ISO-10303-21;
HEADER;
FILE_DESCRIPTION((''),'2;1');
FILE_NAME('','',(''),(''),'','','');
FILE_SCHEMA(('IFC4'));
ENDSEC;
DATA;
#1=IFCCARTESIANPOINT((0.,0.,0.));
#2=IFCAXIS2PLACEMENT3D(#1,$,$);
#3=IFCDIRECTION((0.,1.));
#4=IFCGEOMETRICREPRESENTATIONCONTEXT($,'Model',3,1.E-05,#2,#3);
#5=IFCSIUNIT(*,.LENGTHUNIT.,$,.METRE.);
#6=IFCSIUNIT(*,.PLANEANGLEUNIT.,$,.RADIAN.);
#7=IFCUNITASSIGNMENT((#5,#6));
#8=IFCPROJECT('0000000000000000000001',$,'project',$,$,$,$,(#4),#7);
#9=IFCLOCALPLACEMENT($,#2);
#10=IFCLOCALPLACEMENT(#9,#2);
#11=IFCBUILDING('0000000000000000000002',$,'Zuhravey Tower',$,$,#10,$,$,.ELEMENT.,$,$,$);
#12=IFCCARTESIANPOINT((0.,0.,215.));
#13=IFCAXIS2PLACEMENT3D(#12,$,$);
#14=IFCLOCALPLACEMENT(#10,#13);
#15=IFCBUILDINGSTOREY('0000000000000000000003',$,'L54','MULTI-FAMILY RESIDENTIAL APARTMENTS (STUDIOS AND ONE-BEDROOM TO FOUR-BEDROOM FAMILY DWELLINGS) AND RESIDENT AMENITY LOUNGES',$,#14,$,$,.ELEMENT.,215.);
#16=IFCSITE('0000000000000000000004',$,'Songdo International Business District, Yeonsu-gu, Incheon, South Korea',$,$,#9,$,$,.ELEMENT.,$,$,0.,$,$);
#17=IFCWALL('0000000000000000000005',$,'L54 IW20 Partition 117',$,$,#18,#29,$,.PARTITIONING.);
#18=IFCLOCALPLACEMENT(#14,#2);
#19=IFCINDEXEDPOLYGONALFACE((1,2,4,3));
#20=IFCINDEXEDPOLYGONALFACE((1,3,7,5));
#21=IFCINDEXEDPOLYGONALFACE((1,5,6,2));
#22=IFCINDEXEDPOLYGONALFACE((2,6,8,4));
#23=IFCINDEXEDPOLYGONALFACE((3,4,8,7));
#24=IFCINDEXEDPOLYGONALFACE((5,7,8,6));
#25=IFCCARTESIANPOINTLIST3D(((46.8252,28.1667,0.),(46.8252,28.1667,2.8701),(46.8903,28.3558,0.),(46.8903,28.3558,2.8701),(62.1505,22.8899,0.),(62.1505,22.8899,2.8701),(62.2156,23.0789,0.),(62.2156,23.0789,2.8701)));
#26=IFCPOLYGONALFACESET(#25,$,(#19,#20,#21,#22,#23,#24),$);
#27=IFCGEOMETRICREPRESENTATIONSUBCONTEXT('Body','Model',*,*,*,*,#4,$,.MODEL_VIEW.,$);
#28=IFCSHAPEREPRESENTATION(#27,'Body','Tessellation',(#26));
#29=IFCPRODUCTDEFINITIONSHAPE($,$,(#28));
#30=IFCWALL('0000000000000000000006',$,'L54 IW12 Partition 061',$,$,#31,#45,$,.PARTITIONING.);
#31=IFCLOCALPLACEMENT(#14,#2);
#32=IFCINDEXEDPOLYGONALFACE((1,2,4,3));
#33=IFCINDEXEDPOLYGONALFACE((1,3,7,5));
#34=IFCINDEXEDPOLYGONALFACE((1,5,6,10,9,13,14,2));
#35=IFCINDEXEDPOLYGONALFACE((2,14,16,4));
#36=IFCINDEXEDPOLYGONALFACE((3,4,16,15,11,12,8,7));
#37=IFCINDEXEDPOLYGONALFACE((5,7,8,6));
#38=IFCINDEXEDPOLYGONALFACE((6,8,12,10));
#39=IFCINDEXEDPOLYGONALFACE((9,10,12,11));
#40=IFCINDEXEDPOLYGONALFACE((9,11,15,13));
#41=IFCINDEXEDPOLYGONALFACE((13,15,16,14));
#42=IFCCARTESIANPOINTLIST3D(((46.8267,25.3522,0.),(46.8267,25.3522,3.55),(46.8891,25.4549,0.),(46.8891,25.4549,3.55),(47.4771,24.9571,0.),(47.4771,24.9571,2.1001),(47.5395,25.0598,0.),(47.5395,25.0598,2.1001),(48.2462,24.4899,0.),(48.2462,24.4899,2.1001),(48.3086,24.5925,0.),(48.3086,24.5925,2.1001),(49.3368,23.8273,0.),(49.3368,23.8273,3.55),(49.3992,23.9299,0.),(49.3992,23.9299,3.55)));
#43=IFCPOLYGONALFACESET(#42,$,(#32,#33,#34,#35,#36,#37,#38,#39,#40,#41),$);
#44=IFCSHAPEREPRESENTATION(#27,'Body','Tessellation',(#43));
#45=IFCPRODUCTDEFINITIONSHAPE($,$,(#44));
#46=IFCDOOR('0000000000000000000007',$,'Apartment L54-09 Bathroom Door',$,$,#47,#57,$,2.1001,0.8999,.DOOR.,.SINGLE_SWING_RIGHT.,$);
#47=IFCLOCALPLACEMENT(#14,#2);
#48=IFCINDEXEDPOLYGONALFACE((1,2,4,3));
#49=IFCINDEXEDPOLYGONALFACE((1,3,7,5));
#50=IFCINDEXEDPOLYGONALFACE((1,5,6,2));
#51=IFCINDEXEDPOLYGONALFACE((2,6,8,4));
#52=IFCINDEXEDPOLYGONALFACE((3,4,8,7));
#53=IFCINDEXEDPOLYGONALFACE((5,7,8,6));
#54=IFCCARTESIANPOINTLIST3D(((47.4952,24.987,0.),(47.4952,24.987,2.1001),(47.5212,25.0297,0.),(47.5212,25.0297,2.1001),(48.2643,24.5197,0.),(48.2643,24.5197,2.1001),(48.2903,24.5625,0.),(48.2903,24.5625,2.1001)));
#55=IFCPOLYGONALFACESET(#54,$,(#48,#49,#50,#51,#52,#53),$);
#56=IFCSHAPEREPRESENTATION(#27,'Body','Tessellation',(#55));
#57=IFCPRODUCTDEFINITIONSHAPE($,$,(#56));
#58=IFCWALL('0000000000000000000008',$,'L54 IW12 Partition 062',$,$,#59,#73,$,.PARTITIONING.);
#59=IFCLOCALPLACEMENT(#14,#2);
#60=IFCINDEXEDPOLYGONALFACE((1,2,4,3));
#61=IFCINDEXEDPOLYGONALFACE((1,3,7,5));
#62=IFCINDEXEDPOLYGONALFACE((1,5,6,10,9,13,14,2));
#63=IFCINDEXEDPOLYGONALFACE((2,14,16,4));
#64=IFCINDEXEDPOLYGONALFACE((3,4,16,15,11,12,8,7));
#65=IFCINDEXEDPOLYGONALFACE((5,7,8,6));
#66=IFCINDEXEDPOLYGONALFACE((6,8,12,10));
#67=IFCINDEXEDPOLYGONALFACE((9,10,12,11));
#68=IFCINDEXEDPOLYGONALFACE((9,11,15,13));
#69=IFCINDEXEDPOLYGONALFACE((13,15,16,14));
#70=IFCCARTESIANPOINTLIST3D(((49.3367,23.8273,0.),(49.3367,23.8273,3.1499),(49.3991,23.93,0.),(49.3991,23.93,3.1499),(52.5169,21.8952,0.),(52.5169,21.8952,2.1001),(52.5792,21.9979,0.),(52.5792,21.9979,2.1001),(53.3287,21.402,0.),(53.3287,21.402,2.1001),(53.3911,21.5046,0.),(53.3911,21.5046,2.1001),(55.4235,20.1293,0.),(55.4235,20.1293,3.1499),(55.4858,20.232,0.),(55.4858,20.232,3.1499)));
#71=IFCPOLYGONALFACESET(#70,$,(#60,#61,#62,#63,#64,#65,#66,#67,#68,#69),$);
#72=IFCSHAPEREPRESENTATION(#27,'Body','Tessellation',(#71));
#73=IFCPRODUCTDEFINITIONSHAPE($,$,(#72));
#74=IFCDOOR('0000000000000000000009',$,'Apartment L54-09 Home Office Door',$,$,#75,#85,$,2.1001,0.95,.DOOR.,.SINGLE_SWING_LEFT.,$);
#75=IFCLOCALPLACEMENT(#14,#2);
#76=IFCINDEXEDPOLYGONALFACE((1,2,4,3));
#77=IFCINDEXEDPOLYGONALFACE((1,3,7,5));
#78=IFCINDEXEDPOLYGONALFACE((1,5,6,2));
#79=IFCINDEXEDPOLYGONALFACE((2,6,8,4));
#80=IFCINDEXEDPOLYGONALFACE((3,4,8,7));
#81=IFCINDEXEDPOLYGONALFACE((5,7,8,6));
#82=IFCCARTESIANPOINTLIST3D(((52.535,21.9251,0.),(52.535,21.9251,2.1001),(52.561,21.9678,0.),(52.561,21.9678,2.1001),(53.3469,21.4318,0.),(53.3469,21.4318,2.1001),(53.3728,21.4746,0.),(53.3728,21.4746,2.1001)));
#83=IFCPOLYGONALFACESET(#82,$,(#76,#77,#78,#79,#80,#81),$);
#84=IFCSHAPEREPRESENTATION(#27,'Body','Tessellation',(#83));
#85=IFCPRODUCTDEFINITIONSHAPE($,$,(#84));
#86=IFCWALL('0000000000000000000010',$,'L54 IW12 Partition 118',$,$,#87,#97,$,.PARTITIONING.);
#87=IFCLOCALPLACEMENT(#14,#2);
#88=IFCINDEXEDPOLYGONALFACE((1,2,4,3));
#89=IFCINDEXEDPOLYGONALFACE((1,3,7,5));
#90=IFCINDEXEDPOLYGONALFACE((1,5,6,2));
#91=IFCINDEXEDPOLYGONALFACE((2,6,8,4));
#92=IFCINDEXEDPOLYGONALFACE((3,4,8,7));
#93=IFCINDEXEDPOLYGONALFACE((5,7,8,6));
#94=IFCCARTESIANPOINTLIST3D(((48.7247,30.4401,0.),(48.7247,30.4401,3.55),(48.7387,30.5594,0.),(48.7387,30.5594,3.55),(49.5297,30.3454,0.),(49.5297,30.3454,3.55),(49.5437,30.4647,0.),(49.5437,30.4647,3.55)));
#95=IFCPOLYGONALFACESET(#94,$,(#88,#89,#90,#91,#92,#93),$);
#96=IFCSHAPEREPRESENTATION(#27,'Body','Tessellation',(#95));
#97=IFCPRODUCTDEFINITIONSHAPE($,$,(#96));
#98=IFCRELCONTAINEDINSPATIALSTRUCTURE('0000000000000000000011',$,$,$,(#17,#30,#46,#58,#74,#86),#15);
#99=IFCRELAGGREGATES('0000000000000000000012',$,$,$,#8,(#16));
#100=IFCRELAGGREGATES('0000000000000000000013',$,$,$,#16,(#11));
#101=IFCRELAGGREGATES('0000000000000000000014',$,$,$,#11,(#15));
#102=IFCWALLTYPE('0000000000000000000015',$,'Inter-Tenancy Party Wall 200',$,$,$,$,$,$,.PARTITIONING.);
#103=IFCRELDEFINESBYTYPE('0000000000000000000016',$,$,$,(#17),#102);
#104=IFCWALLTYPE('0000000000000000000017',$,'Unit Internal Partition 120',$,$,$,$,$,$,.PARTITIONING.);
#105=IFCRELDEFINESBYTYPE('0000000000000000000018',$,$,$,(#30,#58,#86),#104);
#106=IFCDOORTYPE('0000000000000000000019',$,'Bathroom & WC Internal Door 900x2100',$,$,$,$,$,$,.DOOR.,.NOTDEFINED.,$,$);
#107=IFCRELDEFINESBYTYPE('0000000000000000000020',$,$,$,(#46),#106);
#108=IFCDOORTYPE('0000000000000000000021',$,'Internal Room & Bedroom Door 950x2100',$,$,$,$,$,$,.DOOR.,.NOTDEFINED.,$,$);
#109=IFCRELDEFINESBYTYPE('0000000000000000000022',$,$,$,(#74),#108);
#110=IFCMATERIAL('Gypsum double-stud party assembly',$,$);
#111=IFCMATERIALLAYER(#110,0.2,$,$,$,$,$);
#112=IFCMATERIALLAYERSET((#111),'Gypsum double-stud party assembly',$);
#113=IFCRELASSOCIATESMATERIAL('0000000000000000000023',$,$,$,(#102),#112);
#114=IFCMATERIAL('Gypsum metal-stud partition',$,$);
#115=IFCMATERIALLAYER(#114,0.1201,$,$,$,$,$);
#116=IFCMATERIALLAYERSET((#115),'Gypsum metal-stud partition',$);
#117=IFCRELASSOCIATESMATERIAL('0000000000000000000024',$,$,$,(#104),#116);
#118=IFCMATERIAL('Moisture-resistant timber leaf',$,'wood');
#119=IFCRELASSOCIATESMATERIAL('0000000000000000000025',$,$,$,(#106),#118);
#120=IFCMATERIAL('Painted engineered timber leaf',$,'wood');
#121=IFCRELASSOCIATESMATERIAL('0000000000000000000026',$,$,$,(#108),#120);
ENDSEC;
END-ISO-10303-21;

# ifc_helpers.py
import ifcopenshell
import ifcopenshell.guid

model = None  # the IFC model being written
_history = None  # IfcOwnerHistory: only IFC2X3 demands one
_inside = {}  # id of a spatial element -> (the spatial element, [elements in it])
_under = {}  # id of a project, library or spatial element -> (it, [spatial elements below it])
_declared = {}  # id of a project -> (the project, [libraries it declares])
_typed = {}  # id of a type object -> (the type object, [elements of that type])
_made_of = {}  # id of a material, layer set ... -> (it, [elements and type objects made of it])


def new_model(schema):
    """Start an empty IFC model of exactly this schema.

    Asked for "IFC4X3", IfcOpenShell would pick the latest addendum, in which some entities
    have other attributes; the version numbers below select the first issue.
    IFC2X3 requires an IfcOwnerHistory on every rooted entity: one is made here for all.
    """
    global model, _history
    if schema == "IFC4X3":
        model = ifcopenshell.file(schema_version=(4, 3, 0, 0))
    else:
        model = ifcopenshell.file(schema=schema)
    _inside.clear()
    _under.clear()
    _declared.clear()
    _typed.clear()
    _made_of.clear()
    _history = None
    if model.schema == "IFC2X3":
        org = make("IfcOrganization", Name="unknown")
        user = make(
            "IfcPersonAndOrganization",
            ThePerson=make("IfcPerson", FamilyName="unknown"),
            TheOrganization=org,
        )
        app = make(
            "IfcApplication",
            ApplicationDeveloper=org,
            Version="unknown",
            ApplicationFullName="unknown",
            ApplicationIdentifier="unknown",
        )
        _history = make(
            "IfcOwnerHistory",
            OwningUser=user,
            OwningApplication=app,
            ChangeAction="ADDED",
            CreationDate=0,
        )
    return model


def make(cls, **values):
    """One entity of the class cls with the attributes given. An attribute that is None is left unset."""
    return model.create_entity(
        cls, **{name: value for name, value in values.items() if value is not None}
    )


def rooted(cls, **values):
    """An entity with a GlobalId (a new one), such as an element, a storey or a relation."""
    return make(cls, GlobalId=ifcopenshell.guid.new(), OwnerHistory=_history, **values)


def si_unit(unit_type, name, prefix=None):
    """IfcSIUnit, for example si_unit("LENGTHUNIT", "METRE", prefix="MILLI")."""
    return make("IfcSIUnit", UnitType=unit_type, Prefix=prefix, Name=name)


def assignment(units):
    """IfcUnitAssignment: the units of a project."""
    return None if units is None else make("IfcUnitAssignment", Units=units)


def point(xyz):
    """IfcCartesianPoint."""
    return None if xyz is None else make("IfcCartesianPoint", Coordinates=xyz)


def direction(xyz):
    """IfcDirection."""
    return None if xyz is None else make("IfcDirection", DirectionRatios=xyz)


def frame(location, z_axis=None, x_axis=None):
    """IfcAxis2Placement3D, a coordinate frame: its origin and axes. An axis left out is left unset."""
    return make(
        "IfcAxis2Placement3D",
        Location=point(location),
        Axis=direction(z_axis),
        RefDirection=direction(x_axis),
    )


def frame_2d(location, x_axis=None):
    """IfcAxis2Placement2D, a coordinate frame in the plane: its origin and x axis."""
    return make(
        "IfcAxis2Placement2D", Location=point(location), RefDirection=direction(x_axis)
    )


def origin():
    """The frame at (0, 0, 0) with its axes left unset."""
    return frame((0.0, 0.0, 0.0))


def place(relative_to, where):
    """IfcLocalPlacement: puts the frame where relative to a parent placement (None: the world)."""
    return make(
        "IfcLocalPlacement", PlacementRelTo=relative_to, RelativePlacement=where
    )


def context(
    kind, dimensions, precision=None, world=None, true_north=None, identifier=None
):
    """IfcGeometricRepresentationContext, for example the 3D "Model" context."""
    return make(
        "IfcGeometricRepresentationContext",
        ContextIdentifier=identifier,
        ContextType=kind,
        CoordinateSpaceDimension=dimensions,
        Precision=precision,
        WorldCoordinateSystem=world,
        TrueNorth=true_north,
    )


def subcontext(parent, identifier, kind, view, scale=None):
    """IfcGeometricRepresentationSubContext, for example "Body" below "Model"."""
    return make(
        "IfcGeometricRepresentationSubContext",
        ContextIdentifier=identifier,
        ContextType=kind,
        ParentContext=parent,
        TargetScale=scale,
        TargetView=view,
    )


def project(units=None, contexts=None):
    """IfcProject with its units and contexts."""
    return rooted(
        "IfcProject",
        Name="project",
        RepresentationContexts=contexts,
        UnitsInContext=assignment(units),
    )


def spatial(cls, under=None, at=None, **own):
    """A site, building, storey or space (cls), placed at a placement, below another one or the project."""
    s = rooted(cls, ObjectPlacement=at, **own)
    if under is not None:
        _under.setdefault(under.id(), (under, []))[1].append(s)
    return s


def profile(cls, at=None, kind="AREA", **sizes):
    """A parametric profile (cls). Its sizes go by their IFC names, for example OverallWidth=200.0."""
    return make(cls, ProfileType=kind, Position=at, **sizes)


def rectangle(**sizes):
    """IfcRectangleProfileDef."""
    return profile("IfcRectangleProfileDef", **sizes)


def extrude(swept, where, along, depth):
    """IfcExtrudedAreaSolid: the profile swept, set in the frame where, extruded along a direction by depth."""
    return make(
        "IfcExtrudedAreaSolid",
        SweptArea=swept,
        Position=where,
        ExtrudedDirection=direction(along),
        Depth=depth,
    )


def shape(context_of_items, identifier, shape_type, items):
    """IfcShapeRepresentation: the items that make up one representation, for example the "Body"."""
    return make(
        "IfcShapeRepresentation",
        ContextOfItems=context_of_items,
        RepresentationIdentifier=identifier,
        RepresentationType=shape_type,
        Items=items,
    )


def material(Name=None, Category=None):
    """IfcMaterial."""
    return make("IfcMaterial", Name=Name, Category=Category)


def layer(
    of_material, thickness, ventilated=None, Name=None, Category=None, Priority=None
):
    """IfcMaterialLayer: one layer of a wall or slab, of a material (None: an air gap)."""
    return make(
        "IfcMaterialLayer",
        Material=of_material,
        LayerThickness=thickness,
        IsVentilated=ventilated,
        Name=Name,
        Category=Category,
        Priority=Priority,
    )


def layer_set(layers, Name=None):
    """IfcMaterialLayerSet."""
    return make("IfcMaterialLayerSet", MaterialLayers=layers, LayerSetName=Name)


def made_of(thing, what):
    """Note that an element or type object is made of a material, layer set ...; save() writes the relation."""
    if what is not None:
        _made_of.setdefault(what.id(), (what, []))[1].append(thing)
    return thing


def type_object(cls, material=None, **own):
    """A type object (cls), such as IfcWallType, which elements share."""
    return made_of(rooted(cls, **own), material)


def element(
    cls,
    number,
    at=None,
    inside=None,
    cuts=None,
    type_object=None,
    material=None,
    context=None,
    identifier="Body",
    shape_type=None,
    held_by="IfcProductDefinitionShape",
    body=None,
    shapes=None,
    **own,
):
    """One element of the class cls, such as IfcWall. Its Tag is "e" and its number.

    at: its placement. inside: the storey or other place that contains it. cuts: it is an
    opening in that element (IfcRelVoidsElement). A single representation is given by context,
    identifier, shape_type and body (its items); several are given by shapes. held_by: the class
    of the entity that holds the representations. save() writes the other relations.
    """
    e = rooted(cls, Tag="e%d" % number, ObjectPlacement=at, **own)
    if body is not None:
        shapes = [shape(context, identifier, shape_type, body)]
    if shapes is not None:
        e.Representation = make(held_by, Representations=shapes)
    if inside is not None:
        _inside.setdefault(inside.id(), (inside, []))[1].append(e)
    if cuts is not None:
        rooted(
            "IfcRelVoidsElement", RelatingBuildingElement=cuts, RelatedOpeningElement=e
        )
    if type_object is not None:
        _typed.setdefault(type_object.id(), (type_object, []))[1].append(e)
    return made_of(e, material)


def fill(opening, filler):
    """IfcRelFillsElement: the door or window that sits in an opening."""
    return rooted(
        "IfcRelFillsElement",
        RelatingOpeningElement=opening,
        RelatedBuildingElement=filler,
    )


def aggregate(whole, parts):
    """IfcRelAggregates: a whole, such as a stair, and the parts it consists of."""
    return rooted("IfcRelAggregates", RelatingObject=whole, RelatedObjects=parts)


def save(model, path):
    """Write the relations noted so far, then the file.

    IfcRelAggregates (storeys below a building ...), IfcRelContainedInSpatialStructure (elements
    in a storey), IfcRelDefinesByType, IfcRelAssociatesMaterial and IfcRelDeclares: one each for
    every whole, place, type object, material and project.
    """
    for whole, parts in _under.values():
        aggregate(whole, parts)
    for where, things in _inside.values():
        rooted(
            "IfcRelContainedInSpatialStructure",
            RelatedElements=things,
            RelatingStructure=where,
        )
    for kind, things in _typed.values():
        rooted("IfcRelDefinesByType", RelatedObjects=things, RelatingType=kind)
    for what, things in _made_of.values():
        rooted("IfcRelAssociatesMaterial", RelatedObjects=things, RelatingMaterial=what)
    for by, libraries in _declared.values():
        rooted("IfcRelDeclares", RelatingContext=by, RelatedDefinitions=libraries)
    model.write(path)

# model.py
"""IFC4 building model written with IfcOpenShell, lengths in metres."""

from ifc_helpers import new_model, si_unit, direction, frame, frame_2d, origin, place, context, subcontext, project, spatial, rectangle, extrude, material, layer, layer_set, type_object, element, fill, save


model = new_model("IFC4")

# Units and contexts
model_context = context("Model", 3, precision=1e-05, world=origin(), true_north=direction((0.0, 1.0)))
body_context = subcontext(model_context, "Body", "Model", "MODEL_VIEW")
ifc_project = project(units=[si_unit("LENGTHUNIT", "METRE"), si_unit("PLANEANGLEUNIT", "RADIAN")], contexts=[model_context])

# Site, building, storey
site_placement = place(None, origin())
site = spatial("IfcSite", under=ifc_project, at=site_placement, Name="Songdo International Business District, Yeonsu-gu, Incheon, South Korea", CompositionType="ELEMENT", RefElevation=0.0)
building_placement = place(site_placement, origin())
building = spatial("IfcBuilding", under=site, at=building_placement, Name="Zuhravey Tower", CompositionType="ELEMENT")
storey_placement = place(building_placement, frame((0.0, 0.0, 215.0)))
storey = spatial("IfcBuildingStorey", under=building, at=storey_placement, Name="L54", Description="MULTI-FAMILY RESIDENTIAL APARTMENTS (STUDIOS AND ONE-BEDROOM TO FOUR-BEDROOM FAMILY DWELLINGS) AND RESIDENT AMENITY LOUNGES", CompositionType="ELEMENT", Elevation=215.0)

# Wall
ifc_material_1 = material(Name="Gypsum double-stud party assembly")
ifc_layer_1 = layer(ifc_material_1, 0.2)
ifc_layer_set_1 = layer_set([ifc_layer_1], Name="Gypsum double-stud party assembly")
wall_type_1 = type_object("IfcWallType", Name="Inter-Tenancy Party Wall 200", PredefinedType="PARTITIONING", material=ifc_layer_set_1)
wall_1_placement = place(storey_placement, frame((46.8579, 28.2612, 0.0), z_axis=(0.0, 0.0, 1.0), x_axis=(0.945519, -0.325566, 0.0)))
element("IfcWall", 1, at=wall_1_placement, inside=storey, type_object=wall_type_1, Name="L54 IW20 Partition 117", PredefinedType="PARTITIONING", context=body_context, shape_type="SweptSolid", body=[
    extrude(rectangle(XDim=16.2083, YDim=0.2, at=frame_2d((8.104, 0.0))), origin(), (0.0, 0.0, 1.0), 2.8701),
])

# Walls, openings, doors
ifc_material_2 = material(Name="Gypsum metal-stud partition")
ifc_layer_2 = layer(ifc_material_2, 0.1201)
ifc_layer_set_2 = layer_set([ifc_layer_2], Name="Gypsum metal-stud partition")
wall_type_2 = type_object("IfcWallType", Name="Unit Internal Partition 120", PredefinedType="PARTITIONING", material=ifc_layer_set_2)
wall_2_placement = place(storey_placement, frame((46.8579, 25.4036, 0.0), z_axis=(0.0, 0.0, 1.0), x_axis=(0.854641, -0.519219, 0.0)))
wall_2 = element("IfcWall", 2, at=wall_2_placement, inside=storey, type_object=wall_type_2, Name="L54 IW12 Partition 061", PredefinedType="PARTITIONING", context=body_context, shape_type="SweptSolid", body=[
    extrude(rectangle(XDim=2.937, YDim=0.1201, at=frame_2d((1.4685, 0.0))), origin(), (0.0, 0.0, 1.0), 3.55),
])
opening_1_placement = place(wall_2_placement, frame((0.761, 0.0, 0.0)))
opening_1 = element("IfcOpeningElement", 3, at=opening_1_placement, cuts=wall_2, PredefinedType="OPENING", context=body_context, shape_type="SweptSolid", body=[
    extrude(rectangle(XDim=0.8999, YDim=2.1001, at=frame_2d((0.45, 1.05))), frame((0.0, 0.072, 0.0), z_axis=(0.0, -1.0, 0.0), x_axis=(1.0, 0.0, 0.0)), (0.0, 0.0, 1.0), 0.144),
])
ifc_material_3 = material(Name="Moisture-resistant timber leaf", Category="wood")
door_type_1 = type_object("IfcDoorType", Name="Bathroom & WC Internal Door 900x2100", OperationType="NOTDEFINED", PredefinedType="DOOR", material=ifc_material_3)
door_1_placement = place(opening_1_placement, origin())
door_1 = element("IfcDoor", 4, at=door_1_placement, inside=storey, type_object=door_type_1, Name="Apartment L54-09 Bathroom Door", OperationType="SINGLE_SWING_RIGHT", OverallHeight=2.1001, OverallWidth=0.8999, PredefinedType="DOOR", context=body_context, shape_type="SweptSolid", body=[
    extrude(rectangle(XDim=0.8999, YDim=2.1001, at=frame_2d((0.45, 1.05))), frame((0.0, 0.0249, 0.0), z_axis=(0.0, -1.0, 0.0), x_axis=(1.0, 0.0, 0.0)), (0.0, 0.0, 1.0), 0.05),
])
fill(opening_1, door_1)
wall_3_placement = place(storey_placement, frame((49.3679, 23.8787, 0.0), z_axis=(0.0, 0.0, 1.0), x_axis=(0.854631, -0.519237, 0.0)))
wall_3 = element("IfcWall", 5, at=wall_3_placement, inside=storey, type_object=wall_type_2, Name="L54 IW12 Partition 062", PredefinedType="PARTITIONING", context=body_context, shape_type="SweptSolid", body=[
    extrude(rectangle(XDim=7.1221, YDim=0.1201, at=frame_2d((3.561, 0.0))), origin(), (0.0, 0.0, 1.0), 3.1499),
])
opening_2_placement = place(wall_3_placement, frame((3.7209, 0.0, 0.0)))
opening_2 = element("IfcOpeningElement", 6, at=opening_2_placement, cuts=wall_3, PredefinedType="OPENING", context=body_context, shape_type="SweptSolid", body=[
    extrude(rectangle(XDim=0.95, YDim=2.1001, at=frame_2d((0.4751, 1.05))), frame((0.0, 0.072, 0.0), z_axis=(0.0, -1.0, 0.0), x_axis=(1.0, 0.0, 0.0)), (0.0, 0.0, 1.0), 0.144),
])
ifc_material_4 = material(Name="Painted engineered timber leaf", Category="wood")
door_type_2 = type_object("IfcDoorType", Name="Internal Room & Bedroom Door 950x2100", OperationType="NOTDEFINED", PredefinedType="DOOR", material=ifc_material_4)
door_2_placement = place(opening_2_placement, origin())
door_2 = element("IfcDoor", 7, at=door_2_placement, inside=storey, type_object=door_type_2, Name="Apartment L54-09 Home Office Door", OperationType="SINGLE_SWING_LEFT", OverallHeight=2.1001, OverallWidth=0.95, PredefinedType="DOOR", context=body_context, shape_type="SweptSolid", body=[
    extrude(rectangle(XDim=0.95, YDim=2.1001, at=frame_2d((0.4751, 1.05))), frame((0.0, 0.0249, 0.0), z_axis=(0.0, -1.0, 0.0), x_axis=(1.0, 0.0, 0.0)), (0.0, 0.0, 1.0), 0.05),
])
fill(opening_2, door_2)

# Wall
wall_4_placement = place(storey_placement, frame((48.7317, 30.4998, 0.0), z_axis=(0.0, 0.0, 1.0), x_axis=(0.993146, -0.116876, 0.0)))
element("IfcWall", 8, at=wall_4_placement, inside=storey, type_object=wall_type_2, Name="L54 IW12 Partition 118", PredefinedType="PARTITIONING", context=body_context, shape_type="SweptSolid", body=[
    extrude(rectangle(XDim=0.8105, YDim=0.1201, at=frame_2d((0.4053, 0.0))), origin(), (0.0, 0.0, 1.0), 3.55),
])

save(model, "model.ifc")
